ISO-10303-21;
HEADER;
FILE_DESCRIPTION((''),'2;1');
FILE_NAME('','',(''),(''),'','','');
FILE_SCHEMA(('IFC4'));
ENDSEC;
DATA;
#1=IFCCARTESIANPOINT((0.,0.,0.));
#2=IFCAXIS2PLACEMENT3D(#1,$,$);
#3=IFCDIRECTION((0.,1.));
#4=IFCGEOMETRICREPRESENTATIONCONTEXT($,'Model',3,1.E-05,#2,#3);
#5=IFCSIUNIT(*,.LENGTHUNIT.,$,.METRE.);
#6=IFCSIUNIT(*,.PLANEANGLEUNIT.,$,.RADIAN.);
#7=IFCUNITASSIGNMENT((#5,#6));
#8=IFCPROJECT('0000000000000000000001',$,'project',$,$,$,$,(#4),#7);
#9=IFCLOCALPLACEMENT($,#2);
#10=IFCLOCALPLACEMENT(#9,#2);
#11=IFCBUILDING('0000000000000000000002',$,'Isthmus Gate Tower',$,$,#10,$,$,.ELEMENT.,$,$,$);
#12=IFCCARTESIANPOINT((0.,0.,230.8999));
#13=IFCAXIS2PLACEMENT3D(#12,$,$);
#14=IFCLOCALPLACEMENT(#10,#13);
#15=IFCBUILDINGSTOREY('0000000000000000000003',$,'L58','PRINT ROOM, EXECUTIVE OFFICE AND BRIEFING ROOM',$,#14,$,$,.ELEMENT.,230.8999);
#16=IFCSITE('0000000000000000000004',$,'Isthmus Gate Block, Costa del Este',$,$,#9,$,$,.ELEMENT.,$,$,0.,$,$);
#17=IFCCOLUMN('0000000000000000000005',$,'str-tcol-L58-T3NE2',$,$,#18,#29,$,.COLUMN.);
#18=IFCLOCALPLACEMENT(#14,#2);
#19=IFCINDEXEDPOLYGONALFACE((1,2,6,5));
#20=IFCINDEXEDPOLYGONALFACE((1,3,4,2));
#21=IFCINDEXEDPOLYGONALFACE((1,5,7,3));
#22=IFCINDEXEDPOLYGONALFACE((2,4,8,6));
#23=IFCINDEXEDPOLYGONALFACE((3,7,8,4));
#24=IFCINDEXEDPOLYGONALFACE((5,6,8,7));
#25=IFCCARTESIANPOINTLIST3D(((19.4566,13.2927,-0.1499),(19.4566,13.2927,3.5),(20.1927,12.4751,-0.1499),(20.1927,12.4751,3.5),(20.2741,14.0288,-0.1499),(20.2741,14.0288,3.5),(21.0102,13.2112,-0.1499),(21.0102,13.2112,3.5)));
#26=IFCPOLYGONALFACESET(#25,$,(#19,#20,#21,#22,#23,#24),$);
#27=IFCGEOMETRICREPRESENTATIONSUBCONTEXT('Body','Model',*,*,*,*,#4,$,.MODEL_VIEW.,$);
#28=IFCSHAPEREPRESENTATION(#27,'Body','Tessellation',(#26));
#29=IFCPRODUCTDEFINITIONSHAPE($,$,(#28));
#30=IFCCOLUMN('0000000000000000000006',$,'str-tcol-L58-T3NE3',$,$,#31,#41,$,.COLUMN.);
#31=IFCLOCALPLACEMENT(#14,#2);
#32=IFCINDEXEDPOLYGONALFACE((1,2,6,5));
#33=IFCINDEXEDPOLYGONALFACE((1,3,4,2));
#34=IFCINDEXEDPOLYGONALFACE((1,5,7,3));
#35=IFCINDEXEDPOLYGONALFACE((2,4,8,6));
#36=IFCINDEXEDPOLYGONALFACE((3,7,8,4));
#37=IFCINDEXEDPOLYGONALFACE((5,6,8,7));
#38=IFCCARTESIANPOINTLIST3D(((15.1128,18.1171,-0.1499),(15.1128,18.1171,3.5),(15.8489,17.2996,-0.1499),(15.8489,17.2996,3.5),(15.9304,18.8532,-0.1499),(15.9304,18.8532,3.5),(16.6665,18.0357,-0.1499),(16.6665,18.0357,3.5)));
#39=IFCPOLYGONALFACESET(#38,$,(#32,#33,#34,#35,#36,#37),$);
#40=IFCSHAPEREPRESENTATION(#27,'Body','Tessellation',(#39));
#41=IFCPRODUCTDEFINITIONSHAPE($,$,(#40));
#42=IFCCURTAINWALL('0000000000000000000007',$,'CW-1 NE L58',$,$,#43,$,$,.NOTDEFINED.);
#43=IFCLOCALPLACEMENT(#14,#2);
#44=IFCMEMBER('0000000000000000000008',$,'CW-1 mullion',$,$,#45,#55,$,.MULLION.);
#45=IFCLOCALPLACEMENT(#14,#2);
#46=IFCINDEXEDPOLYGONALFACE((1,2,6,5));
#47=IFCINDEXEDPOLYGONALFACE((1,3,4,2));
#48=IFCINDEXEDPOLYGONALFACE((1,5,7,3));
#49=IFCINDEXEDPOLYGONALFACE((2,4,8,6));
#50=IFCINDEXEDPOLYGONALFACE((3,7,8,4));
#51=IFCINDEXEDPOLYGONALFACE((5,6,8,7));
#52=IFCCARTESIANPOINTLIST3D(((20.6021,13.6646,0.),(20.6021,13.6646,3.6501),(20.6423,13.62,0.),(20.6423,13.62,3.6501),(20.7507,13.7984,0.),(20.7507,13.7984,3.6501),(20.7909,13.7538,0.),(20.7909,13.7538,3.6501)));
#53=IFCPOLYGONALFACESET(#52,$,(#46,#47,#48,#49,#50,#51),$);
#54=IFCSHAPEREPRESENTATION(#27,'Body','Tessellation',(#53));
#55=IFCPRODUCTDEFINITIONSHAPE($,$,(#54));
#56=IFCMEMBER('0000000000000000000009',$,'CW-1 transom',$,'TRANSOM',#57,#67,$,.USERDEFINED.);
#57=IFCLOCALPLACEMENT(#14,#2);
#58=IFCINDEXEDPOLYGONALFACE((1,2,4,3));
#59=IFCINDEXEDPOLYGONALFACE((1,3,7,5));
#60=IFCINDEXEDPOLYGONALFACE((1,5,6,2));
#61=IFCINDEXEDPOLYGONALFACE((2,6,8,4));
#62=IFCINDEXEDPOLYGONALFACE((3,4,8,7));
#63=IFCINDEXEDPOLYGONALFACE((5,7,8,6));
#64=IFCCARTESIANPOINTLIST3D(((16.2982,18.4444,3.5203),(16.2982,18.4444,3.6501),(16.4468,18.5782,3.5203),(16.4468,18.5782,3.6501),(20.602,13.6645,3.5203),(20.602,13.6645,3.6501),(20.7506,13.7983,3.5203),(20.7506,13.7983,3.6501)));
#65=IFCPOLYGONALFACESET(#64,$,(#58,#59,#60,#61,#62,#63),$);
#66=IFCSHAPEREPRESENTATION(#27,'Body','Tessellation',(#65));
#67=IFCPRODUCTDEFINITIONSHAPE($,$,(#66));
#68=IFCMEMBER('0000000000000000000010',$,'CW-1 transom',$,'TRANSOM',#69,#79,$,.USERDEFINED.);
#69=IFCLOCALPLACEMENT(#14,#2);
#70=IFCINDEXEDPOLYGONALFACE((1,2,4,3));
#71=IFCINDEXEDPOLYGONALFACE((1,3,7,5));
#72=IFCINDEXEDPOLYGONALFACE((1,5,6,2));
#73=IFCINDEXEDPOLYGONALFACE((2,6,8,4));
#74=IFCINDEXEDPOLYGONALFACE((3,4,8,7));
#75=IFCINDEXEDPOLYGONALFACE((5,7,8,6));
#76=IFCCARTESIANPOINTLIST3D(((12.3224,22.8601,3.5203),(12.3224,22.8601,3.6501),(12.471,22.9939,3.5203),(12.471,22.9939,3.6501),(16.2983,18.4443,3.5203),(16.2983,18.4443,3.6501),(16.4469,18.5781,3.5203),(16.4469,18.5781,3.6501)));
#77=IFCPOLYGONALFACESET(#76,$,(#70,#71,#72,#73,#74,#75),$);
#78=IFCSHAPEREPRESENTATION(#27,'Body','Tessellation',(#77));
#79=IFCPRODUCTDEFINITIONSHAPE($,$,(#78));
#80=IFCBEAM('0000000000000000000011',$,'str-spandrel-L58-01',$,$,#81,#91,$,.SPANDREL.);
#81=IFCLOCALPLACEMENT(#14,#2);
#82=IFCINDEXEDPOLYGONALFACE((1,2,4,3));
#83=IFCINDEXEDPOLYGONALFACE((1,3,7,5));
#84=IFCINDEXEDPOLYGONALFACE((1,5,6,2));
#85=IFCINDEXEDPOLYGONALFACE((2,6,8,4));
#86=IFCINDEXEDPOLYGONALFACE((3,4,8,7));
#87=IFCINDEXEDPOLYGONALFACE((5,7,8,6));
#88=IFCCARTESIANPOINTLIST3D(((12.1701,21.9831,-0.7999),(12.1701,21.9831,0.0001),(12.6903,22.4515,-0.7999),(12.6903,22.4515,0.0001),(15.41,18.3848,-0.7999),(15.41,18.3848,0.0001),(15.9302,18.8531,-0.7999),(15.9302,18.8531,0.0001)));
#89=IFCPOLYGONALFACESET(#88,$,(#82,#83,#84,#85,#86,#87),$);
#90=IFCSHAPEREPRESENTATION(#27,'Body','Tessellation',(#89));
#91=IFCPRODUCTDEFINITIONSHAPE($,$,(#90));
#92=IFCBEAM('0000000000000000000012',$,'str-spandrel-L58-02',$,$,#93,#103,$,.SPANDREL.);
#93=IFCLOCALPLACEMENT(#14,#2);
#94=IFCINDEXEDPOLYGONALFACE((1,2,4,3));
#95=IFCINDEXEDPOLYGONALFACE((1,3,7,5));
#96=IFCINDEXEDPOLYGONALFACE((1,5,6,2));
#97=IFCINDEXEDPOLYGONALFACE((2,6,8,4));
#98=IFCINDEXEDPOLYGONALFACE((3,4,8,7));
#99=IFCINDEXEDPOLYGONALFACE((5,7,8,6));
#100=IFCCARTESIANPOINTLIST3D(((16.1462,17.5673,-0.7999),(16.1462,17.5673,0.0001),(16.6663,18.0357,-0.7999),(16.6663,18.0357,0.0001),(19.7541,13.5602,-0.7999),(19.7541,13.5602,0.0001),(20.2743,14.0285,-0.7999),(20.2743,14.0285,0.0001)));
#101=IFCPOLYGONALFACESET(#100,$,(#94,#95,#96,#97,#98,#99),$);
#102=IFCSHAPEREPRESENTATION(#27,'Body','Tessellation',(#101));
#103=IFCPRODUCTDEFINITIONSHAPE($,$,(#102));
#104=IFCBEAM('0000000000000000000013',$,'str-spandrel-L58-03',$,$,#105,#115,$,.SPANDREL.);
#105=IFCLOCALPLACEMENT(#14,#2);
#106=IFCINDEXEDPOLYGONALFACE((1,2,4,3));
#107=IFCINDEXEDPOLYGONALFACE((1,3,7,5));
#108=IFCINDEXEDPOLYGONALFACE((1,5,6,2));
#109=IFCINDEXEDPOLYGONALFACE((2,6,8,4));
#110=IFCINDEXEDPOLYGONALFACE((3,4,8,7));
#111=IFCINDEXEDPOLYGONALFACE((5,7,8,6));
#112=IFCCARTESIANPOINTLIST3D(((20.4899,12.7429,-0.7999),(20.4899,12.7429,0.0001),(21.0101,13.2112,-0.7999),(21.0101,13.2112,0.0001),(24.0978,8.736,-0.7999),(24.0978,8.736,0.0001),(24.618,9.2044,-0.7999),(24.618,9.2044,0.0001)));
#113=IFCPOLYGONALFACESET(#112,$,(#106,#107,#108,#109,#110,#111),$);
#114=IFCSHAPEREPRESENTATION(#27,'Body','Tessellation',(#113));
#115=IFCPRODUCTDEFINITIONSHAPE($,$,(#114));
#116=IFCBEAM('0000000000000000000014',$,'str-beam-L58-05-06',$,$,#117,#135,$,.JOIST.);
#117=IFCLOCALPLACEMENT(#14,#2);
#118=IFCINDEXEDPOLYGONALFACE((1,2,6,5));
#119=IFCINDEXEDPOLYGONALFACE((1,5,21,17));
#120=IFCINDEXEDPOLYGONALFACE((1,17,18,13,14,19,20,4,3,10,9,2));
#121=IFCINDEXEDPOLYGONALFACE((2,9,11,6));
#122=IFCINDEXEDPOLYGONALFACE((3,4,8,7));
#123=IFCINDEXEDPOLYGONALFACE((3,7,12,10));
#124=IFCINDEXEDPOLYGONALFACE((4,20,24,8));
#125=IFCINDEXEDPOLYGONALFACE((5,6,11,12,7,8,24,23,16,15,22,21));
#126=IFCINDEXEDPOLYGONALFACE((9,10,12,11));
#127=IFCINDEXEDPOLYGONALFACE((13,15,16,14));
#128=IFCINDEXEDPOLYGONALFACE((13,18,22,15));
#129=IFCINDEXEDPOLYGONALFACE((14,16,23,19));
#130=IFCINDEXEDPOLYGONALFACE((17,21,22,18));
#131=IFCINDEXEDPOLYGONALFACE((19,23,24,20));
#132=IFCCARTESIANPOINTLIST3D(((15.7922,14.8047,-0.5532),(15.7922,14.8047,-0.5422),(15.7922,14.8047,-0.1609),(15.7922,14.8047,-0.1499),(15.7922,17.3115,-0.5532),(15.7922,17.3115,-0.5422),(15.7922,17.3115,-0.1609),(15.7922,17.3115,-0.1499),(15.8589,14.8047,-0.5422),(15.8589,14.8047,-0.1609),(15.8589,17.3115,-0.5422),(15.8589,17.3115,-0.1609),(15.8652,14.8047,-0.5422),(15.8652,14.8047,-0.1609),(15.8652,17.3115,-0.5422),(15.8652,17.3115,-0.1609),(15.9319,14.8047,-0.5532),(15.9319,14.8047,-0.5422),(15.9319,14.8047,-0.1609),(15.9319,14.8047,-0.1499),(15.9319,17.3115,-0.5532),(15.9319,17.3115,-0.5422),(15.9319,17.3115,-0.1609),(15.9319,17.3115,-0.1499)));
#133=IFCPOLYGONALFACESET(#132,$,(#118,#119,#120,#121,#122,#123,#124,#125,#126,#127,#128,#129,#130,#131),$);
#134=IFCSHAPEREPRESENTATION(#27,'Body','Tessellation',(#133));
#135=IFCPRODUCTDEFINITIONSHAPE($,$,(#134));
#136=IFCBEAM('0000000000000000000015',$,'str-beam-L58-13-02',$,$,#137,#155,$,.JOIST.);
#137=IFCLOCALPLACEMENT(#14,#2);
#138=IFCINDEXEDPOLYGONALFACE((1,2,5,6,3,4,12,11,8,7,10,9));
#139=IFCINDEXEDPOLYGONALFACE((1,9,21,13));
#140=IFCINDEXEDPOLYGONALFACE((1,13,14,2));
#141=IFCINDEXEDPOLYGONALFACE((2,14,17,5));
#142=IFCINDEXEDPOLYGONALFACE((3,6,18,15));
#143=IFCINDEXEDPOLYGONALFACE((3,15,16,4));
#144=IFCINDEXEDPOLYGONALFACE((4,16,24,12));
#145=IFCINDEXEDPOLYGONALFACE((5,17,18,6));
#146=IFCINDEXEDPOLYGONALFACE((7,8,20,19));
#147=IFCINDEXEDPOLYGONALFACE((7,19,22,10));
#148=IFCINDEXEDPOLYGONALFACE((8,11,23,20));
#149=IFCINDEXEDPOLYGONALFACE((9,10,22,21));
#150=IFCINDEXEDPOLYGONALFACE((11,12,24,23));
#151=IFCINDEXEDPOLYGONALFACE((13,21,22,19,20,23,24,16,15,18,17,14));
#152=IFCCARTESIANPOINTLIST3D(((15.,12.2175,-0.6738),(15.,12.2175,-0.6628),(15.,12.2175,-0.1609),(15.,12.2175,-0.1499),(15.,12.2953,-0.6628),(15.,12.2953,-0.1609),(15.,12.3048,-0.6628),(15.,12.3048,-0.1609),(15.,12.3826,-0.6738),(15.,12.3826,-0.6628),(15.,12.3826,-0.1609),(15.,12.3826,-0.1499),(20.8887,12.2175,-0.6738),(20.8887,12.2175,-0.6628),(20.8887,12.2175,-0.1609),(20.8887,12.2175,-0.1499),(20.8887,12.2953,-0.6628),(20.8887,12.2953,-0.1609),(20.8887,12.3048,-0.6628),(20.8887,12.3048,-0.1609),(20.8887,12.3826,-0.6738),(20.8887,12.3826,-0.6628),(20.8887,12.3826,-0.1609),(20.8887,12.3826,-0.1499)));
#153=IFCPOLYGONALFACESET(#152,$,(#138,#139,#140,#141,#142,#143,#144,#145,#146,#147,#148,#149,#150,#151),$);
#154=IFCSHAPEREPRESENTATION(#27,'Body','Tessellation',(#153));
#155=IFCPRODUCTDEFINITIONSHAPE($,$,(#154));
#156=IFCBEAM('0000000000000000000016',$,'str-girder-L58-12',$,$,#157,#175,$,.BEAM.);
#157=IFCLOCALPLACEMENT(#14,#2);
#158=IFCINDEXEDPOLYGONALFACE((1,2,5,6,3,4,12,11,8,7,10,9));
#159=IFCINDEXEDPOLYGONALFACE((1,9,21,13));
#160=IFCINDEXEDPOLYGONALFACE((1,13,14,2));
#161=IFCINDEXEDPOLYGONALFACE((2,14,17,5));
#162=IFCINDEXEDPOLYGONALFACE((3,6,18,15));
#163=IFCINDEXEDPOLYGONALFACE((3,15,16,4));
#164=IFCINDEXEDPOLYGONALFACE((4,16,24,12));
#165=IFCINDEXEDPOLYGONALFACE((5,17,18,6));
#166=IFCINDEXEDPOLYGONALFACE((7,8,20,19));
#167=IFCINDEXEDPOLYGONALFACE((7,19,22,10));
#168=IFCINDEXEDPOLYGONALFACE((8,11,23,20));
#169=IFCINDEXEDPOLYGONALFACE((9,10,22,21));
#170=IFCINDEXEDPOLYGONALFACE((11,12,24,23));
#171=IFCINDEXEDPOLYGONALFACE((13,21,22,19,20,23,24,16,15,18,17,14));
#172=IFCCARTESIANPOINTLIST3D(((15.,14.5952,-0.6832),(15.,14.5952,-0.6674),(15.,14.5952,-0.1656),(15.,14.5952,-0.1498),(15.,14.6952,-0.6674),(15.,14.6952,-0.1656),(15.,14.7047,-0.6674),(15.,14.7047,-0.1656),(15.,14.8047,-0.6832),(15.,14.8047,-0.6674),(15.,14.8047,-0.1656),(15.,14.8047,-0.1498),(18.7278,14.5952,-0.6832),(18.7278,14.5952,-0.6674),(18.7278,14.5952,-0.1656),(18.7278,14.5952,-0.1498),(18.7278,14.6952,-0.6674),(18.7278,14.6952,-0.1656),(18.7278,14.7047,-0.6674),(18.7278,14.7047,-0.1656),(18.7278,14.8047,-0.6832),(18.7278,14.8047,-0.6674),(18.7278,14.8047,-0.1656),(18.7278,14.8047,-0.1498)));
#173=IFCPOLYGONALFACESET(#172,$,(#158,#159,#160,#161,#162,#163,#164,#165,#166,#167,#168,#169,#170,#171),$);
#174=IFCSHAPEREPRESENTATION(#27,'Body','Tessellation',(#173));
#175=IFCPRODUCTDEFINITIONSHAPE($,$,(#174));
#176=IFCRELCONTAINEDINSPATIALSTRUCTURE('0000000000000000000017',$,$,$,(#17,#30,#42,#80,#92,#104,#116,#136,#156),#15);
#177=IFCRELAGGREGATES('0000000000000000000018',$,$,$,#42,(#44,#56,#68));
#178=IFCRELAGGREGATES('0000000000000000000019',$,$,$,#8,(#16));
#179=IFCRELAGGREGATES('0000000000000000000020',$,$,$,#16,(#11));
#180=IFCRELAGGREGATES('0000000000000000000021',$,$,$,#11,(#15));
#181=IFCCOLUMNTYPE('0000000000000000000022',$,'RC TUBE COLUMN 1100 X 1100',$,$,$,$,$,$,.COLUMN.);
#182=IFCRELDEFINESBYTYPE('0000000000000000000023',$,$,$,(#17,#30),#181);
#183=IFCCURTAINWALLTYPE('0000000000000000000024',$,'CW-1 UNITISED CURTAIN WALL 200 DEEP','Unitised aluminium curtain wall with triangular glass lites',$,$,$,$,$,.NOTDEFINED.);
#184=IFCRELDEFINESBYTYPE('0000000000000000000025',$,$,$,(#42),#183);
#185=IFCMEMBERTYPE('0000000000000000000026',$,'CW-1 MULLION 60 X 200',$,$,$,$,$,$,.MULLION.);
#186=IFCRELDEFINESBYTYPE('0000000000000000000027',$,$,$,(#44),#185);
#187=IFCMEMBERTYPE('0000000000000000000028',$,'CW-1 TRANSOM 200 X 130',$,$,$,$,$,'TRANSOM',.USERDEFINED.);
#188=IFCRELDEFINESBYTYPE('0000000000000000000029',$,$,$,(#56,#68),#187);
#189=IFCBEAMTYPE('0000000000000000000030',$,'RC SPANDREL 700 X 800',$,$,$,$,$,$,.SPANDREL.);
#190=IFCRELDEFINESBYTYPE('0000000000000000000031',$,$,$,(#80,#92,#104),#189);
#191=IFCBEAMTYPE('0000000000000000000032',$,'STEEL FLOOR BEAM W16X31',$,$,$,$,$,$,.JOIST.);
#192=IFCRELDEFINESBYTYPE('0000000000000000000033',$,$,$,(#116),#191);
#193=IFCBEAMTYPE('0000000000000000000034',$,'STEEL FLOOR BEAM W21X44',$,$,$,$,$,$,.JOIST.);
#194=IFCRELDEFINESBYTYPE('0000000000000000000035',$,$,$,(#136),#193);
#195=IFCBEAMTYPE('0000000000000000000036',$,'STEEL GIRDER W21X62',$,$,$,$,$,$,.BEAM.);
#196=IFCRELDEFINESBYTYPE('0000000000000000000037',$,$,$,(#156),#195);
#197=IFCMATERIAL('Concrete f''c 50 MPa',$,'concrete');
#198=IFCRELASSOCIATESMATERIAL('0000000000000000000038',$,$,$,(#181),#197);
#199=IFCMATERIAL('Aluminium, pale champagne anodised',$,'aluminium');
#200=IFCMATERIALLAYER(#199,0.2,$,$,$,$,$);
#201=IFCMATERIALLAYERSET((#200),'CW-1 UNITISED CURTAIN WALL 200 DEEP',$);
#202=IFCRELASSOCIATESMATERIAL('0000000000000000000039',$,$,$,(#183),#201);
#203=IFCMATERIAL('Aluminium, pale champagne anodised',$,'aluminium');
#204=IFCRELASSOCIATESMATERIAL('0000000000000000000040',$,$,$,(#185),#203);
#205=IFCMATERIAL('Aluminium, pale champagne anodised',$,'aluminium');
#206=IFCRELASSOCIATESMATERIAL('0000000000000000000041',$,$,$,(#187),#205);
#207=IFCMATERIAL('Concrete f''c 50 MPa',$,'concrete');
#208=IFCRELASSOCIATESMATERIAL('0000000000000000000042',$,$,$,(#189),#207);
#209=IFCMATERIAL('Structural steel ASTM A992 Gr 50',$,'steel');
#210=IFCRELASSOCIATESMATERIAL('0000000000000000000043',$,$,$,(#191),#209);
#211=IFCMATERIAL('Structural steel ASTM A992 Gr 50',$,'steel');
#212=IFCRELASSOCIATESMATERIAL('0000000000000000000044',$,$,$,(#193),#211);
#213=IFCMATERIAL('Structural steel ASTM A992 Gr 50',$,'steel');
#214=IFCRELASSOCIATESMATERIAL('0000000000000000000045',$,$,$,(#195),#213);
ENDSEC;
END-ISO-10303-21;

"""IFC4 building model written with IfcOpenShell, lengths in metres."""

from ifc_helpers import new_model, si_unit, direction, frame, origin, origin_2d, place, context, subcontext, project, spatial, rectangle, i_section, extrude, material, layer, layer_set, material_profile, profile_set, type_object, element, aggregate, save


model = new_model("IFC4")

# Units and contexts
model_context = context("Model", 3, precision=1e-05, world=origin(), true_north=direction((0.0, 1.0)))
body_context = subcontext(model_context, "Body", "Model", "MODEL_VIEW")
ifc_project = project(units=[si_unit("LENGTHUNIT", "METRE"), si_unit("PLANEANGLEUNIT", "RADIAN")], contexts=[model_context])

# Site, building, storey
site_placement = place(None, origin())
site = spatial("IfcSite", under=ifc_project, at=site_placement, Name="Isthmus Gate Block, Costa del Este", CompositionType="ELEMENT", RefElevation=0.0)
building_placement = place(site_placement, origin())
building = spatial("IfcBuilding", under=site, at=building_placement, Name="Isthmus Gate Tower", CompositionType="ELEMENT")
storey_placement = place(building_placement, frame((0.0, 0.0, 230.8999)))
storey = spatial("IfcBuildingStorey", under=building, at=storey_placement, Name="L58", Description="PRINT ROOM, EXECUTIVE OFFICE AND BRIEFING ROOM", CompositionType="ELEMENT", Elevation=230.8999)

# Columns
ifc_material_1 = material(Name="Concrete f'c 50 MPa", Category="concrete")
ifc_material_profile_1 = material_profile(ifc_material_1, rectangle(XDim=1.1001, YDim=1.1001, at=origin_2d()), Name="RC 1100X1100")
ifc_profile_set_1 = profile_set([ifc_material_profile_1], Name="Concrete f'c 50 MPa")
column_type = type_object("IfcColumnType", Name="RC TUBE COLUMN 1100 X 1100", PredefinedType="COLUMN", material=ifc_profile_set_1)
for number, where, z_axis, x_axis, name in (
    (1, (20.2334, 13.252, -0.1499), (0.0, 0.0, 1.0), (-0.669131, 0.743145, 0.0), "str-tcol-L58-T3NE2"),
    (2, (15.8896, 18.0764, -0.1499), (0.0, 0.0, 1.0), (-0.669131, 0.743145, 0.0), "str-tcol-L58-T3NE3"),
):
    element("IfcColumn", number, at=place(storey_placement, frame(where, z_axis=z_axis, x_axis=x_axis)), inside=storey, type_object=column_type, Name=name, PredefinedType="COLUMN", context=body_context, shape_type="SweptSolid", body=[
        extrude(rectangle(XDim=1.1001, YDim=1.1001, at=origin_2d()), origin(), (0.0, 0.0, 1.0), 3.6499),
    ])

# Curtain wall, members
ifc_material_2 = material(Name="Aluminium, pale champagne anodised", Category="aluminium")
ifc_layer_1 = layer(ifc_material_2, 0.2)
ifc_layer_set_1 = layer_set([ifc_layer_1], Name="CW-1 UNITISED CURTAIN WALL 200 DEEP")
curtain_wall_type = type_object("IfcCurtainWallType", Name="CW-1 UNITISED CURTAIN WALL 200 DEEP", Description="Unitised aluminium curtain wall with triangular glass lites", PredefinedType="NOTDEFINED", material=ifc_layer_set_1)
curtain_wall_placement = place(storey_placement, origin())
curtain_wall = element("IfcCurtainWall", 3, at=curtain_wall_placement, inside=storey, type_object=curtain_wall_type, Name="CW-1 NE L58", PredefinedType="NOTDEFINED")
ifc_material_3 = material(Name="Aluminium, pale champagne anodised", Category="aluminium")
ifc_material_profile_2 = material_profile(ifc_material_3, rectangle(XDim=0.0601, YDim=0.2, at=origin_2d()), Name="60x200")
ifc_profile_set_2 = profile_set([ifc_material_profile_2], Name="Aluminium, pale champagne anodised")
member_type_1 = type_object("IfcMemberType", Name="CW-1 MULLION 60 X 200", PredefinedType="MULLION", material=ifc_profile_set_2)
member_1_placement = place(storey_placement, frame((20.6965, 13.7092, 0.0), z_axis=(0.0, 0.0, 1.0), x_axis=(-0.669131, 0.743145, 0.0)))
member_1 = element("IfcMember", 4, at=member_1_placement, type_object=member_type_1, Name="CW-1 mullion", PredefinedType="MULLION", context=body_context, shape_type="SweptSolid", body=[
    extrude(rectangle(XDim=0.0601, YDim=0.2, at=origin_2d()), origin(), (0.0, 0.0, 1.0), 3.6501),
])
ifc_material_4 = material(Name="Aluminium, pale champagne anodised", Category="aluminium")
ifc_material_profile_3 = material_profile(ifc_material_4, rectangle(XDim=0.2, YDim=0.1299, at=origin_2d()), Name="200x130")
ifc_profile_set_3 = profile_set([ifc_material_profile_3], Name="Aluminium, pale champagne anodised")
member_type_2 = type_object("IfcMemberType", Name="CW-1 TRANSOM 200 X 130", ElementType="TRANSOM", PredefinedType="USERDEFINED", material=ifc_profile_set_3)
member_2_placement = place(storey_placement, frame((20.6763, 13.7314, 3.5852), z_axis=(-0.669128, 0.743147, 0.0), x_axis=(-0.743147, -0.669128, 0.0)))
member_2 = element("IfcMember", 5, at=member_2_placement, type_object=member_type_2, Name="CW-1 transom", ObjectType="TRANSOM", PredefinedType="USERDEFINED", context=body_context, shape_type="SweptSolid", body=[
    extrude(rectangle(XDim=0.2, YDim=0.1299, at=origin_2d()), origin(), (0.0, 0.0, 1.0), 6.4319),
])
member_3_placement = place(storey_placement, frame((16.3726, 18.5112, 3.5852), z_axis=(-0.669117, 0.743157, 0.0), x_axis=(-0.743157, -0.669117, 0.0)))
member_3 = element("IfcMember", 6, at=member_3_placement, type_object=member_type_2, Name="CW-1 transom", ObjectType="TRANSOM", PredefinedType="USERDEFINED", context=body_context, shape_type="SweptSolid", body=[
    extrude(rectangle(XDim=0.2, YDim=0.1299, at=origin_2d()), origin(), (0.0, 0.0, 1.0), 5.9419),
])

# Beams
ifc_material_5 = material(Name="Concrete f'c 50 MPa", Category="concrete")
ifc_material_profile_4 = material_profile(ifc_material_5, rectangle(XDim=0.7, YDim=0.8, at=origin_2d()), Name="RC 700X800")
ifc_profile_set_4 = profile_set([ifc_material_profile_4], Name="Concrete f'c 50 MPa")
beam_type_1 = type_object("IfcBeamType", Name="RC SPANDREL 700 X 800", PredefinedType="SPANDREL", material=ifc_profile_set_4)
beam_1_placement = place(storey_placement, frame((12.4302, 22.2173, -0.3999), z_axis=(0.669129, -0.743146, 0.0), x_axis=(0.743146, 0.669129, 0.0)))
element("IfcBeam", 7, at=beam_1_placement, inside=storey, type_object=beam_type_1, Name="str-spandrel-L58-01", PredefinedType="SPANDREL", context=body_context, shape_type="SweptSolid", body=[
    extrude(rectangle(XDim=0.7, YDim=0.8, at=origin_2d()), origin(), (0.0, 0.0, 1.0), 4.842),
])
beam_2_placement = place(storey_placement, frame((16.4062, 17.8015, -0.3999), z_axis=(0.669122, -0.743152, 0.0), x_axis=(0.743152, 0.669122, 0.0)))
element("IfcBeam", 8, at=beam_2_placement, inside=storey, type_object=beam_type_1, Name="str-spandrel-L58-02", PredefinedType="SPANDREL", context=body_context, shape_type="SweptSolid", body=[
    extrude(rectangle(XDim=0.7, YDim=0.8, at=origin_2d()), origin(), (0.0, 0.0, 1.0), 5.3921),
])
beam_3_placement = place(storey_placement, frame((20.75, 12.9771, -0.3999), z_axis=(0.669145, -0.743132, 0.0), x_axis=(0.743132, 0.669145, 0.0)))
element("IfcBeam", 9, at=beam_3_placement, inside=storey, type_object=beam_type_1, Name="str-spandrel-L58-03", PredefinedType="SPANDREL", context=body_context, shape_type="SweptSolid", body=[
    extrude(rectangle(XDim=0.7, YDim=0.8, at=origin_2d()), origin(), (0.0, 0.0, 1.0), 5.3918),
])
ifc_material_6 = material(Name="Structural steel ASTM A992 Gr 50", Category="steel")
ifc_material_profile_5 = material_profile(ifc_material_6, i_section(OverallWidth=0.1396, OverallDepth=0.4033, WebThickness=0.0063, FlangeThickness=0.011, at=origin_2d()), Name="W16X31")
ifc_profile_set_5 = profile_set([ifc_material_profile_5], Name="Structural steel ASTM A992 Gr 50")
beam_type_2 = type_object("IfcBeamType", Name="STEEL FLOOR BEAM W16X31", PredefinedType="JOIST", material=ifc_profile_set_5)
beam_4_placement = place(storey_placement, frame((15.8621, 14.8047, -0.3516), z_axis=(0.0, 1.0, 0.0), x_axis=(-1.0, 0.0, 0.0)))
element("IfcBeam", 10, at=beam_4_placement, inside=storey, type_object=beam_type_2, Name="str-beam-L58-05-06", PredefinedType="JOIST", context=body_context, shape_type="SweptSolid", body=[
    extrude(i_section(OverallWidth=0.1396, OverallDepth=0.4033, WebThickness=0.0063, FlangeThickness=0.011, at=origin_2d()), origin(), (0.0, 0.0, 1.0), 2.5068),
])
ifc_material_7 = material(Name="Structural steel ASTM A992 Gr 50", Category="steel")
ifc_material_profile_6 = material_profile(ifc_material_7, i_section(OverallWidth=0.165, OverallDepth=0.5239, WebThickness=0.0095, FlangeThickness=0.011, at=origin_2d()), Name="W21X44")
ifc_profile_set_6 = profile_set([ifc_material_profile_6], Name="Structural steel ASTM A992 Gr 50")
beam_type_3 = type_object("IfcBeamType", Name="STEEL FLOOR BEAM W21X44", PredefinedType="JOIST", material=ifc_profile_set_6)
beam_5_placement = place(storey_placement, frame((15.0, 12.3, -0.4119), z_axis=(1.0, 0.0, 0.0), x_axis=(0.0, 1.0, 0.0)))
element("IfcBeam", 11, at=beam_5_placement, inside=storey, type_object=beam_type_3, Name="str-beam-L58-13-02", PredefinedType="JOIST", context=body_context, shape_type="SweptSolid", body=[
    extrude(i_section(OverallWidth=0.165, OverallDepth=0.5239, WebThickness=0.0095, FlangeThickness=0.011, at=origin_2d()), origin(), (0.0, 0.0, 1.0), 5.8887),
])
ifc_material_8 = material(Name="Structural steel ASTM A992 Gr 50", Category="steel")
ifc_material_profile_7 = material_profile(ifc_material_8, i_section(OverallWidth=0.2095, OverallDepth=0.5334, WebThickness=0.0095, FlangeThickness=0.0159, at=origin_2d()), Name="W21X62")
ifc_profile_set_7 = profile_set([ifc_material_profile_7], Name="Structural steel ASTM A992 Gr 50")
beam_type_4 = type_object("IfcBeamType", Name="STEEL GIRDER W21X62", PredefinedType="BEAM", material=ifc_profile_set_7)
beam_6_placement = place(storey_placement, frame((15.0, 14.7, -0.4165), z_axis=(1.0, 0.0, 0.0), x_axis=(0.0, 1.0, 0.0)))
element("IfcBeam", 12, at=beam_6_placement, inside=storey, type_object=beam_type_4, Name="str-girder-L58-12", PredefinedType="BEAM", context=body_context, shape_type="SweptSolid", body=[
    extrude(i_section(OverallWidth=0.2095, OverallDepth=0.5334, WebThickness=0.0095, FlangeThickness=0.0159, at=origin_2d()), origin(), (0.0, 0.0, 1.0), 3.7278),
])

aggregate(curtain_wall, [member_1, member_2, member_3])

save(model, "model.ifc")
